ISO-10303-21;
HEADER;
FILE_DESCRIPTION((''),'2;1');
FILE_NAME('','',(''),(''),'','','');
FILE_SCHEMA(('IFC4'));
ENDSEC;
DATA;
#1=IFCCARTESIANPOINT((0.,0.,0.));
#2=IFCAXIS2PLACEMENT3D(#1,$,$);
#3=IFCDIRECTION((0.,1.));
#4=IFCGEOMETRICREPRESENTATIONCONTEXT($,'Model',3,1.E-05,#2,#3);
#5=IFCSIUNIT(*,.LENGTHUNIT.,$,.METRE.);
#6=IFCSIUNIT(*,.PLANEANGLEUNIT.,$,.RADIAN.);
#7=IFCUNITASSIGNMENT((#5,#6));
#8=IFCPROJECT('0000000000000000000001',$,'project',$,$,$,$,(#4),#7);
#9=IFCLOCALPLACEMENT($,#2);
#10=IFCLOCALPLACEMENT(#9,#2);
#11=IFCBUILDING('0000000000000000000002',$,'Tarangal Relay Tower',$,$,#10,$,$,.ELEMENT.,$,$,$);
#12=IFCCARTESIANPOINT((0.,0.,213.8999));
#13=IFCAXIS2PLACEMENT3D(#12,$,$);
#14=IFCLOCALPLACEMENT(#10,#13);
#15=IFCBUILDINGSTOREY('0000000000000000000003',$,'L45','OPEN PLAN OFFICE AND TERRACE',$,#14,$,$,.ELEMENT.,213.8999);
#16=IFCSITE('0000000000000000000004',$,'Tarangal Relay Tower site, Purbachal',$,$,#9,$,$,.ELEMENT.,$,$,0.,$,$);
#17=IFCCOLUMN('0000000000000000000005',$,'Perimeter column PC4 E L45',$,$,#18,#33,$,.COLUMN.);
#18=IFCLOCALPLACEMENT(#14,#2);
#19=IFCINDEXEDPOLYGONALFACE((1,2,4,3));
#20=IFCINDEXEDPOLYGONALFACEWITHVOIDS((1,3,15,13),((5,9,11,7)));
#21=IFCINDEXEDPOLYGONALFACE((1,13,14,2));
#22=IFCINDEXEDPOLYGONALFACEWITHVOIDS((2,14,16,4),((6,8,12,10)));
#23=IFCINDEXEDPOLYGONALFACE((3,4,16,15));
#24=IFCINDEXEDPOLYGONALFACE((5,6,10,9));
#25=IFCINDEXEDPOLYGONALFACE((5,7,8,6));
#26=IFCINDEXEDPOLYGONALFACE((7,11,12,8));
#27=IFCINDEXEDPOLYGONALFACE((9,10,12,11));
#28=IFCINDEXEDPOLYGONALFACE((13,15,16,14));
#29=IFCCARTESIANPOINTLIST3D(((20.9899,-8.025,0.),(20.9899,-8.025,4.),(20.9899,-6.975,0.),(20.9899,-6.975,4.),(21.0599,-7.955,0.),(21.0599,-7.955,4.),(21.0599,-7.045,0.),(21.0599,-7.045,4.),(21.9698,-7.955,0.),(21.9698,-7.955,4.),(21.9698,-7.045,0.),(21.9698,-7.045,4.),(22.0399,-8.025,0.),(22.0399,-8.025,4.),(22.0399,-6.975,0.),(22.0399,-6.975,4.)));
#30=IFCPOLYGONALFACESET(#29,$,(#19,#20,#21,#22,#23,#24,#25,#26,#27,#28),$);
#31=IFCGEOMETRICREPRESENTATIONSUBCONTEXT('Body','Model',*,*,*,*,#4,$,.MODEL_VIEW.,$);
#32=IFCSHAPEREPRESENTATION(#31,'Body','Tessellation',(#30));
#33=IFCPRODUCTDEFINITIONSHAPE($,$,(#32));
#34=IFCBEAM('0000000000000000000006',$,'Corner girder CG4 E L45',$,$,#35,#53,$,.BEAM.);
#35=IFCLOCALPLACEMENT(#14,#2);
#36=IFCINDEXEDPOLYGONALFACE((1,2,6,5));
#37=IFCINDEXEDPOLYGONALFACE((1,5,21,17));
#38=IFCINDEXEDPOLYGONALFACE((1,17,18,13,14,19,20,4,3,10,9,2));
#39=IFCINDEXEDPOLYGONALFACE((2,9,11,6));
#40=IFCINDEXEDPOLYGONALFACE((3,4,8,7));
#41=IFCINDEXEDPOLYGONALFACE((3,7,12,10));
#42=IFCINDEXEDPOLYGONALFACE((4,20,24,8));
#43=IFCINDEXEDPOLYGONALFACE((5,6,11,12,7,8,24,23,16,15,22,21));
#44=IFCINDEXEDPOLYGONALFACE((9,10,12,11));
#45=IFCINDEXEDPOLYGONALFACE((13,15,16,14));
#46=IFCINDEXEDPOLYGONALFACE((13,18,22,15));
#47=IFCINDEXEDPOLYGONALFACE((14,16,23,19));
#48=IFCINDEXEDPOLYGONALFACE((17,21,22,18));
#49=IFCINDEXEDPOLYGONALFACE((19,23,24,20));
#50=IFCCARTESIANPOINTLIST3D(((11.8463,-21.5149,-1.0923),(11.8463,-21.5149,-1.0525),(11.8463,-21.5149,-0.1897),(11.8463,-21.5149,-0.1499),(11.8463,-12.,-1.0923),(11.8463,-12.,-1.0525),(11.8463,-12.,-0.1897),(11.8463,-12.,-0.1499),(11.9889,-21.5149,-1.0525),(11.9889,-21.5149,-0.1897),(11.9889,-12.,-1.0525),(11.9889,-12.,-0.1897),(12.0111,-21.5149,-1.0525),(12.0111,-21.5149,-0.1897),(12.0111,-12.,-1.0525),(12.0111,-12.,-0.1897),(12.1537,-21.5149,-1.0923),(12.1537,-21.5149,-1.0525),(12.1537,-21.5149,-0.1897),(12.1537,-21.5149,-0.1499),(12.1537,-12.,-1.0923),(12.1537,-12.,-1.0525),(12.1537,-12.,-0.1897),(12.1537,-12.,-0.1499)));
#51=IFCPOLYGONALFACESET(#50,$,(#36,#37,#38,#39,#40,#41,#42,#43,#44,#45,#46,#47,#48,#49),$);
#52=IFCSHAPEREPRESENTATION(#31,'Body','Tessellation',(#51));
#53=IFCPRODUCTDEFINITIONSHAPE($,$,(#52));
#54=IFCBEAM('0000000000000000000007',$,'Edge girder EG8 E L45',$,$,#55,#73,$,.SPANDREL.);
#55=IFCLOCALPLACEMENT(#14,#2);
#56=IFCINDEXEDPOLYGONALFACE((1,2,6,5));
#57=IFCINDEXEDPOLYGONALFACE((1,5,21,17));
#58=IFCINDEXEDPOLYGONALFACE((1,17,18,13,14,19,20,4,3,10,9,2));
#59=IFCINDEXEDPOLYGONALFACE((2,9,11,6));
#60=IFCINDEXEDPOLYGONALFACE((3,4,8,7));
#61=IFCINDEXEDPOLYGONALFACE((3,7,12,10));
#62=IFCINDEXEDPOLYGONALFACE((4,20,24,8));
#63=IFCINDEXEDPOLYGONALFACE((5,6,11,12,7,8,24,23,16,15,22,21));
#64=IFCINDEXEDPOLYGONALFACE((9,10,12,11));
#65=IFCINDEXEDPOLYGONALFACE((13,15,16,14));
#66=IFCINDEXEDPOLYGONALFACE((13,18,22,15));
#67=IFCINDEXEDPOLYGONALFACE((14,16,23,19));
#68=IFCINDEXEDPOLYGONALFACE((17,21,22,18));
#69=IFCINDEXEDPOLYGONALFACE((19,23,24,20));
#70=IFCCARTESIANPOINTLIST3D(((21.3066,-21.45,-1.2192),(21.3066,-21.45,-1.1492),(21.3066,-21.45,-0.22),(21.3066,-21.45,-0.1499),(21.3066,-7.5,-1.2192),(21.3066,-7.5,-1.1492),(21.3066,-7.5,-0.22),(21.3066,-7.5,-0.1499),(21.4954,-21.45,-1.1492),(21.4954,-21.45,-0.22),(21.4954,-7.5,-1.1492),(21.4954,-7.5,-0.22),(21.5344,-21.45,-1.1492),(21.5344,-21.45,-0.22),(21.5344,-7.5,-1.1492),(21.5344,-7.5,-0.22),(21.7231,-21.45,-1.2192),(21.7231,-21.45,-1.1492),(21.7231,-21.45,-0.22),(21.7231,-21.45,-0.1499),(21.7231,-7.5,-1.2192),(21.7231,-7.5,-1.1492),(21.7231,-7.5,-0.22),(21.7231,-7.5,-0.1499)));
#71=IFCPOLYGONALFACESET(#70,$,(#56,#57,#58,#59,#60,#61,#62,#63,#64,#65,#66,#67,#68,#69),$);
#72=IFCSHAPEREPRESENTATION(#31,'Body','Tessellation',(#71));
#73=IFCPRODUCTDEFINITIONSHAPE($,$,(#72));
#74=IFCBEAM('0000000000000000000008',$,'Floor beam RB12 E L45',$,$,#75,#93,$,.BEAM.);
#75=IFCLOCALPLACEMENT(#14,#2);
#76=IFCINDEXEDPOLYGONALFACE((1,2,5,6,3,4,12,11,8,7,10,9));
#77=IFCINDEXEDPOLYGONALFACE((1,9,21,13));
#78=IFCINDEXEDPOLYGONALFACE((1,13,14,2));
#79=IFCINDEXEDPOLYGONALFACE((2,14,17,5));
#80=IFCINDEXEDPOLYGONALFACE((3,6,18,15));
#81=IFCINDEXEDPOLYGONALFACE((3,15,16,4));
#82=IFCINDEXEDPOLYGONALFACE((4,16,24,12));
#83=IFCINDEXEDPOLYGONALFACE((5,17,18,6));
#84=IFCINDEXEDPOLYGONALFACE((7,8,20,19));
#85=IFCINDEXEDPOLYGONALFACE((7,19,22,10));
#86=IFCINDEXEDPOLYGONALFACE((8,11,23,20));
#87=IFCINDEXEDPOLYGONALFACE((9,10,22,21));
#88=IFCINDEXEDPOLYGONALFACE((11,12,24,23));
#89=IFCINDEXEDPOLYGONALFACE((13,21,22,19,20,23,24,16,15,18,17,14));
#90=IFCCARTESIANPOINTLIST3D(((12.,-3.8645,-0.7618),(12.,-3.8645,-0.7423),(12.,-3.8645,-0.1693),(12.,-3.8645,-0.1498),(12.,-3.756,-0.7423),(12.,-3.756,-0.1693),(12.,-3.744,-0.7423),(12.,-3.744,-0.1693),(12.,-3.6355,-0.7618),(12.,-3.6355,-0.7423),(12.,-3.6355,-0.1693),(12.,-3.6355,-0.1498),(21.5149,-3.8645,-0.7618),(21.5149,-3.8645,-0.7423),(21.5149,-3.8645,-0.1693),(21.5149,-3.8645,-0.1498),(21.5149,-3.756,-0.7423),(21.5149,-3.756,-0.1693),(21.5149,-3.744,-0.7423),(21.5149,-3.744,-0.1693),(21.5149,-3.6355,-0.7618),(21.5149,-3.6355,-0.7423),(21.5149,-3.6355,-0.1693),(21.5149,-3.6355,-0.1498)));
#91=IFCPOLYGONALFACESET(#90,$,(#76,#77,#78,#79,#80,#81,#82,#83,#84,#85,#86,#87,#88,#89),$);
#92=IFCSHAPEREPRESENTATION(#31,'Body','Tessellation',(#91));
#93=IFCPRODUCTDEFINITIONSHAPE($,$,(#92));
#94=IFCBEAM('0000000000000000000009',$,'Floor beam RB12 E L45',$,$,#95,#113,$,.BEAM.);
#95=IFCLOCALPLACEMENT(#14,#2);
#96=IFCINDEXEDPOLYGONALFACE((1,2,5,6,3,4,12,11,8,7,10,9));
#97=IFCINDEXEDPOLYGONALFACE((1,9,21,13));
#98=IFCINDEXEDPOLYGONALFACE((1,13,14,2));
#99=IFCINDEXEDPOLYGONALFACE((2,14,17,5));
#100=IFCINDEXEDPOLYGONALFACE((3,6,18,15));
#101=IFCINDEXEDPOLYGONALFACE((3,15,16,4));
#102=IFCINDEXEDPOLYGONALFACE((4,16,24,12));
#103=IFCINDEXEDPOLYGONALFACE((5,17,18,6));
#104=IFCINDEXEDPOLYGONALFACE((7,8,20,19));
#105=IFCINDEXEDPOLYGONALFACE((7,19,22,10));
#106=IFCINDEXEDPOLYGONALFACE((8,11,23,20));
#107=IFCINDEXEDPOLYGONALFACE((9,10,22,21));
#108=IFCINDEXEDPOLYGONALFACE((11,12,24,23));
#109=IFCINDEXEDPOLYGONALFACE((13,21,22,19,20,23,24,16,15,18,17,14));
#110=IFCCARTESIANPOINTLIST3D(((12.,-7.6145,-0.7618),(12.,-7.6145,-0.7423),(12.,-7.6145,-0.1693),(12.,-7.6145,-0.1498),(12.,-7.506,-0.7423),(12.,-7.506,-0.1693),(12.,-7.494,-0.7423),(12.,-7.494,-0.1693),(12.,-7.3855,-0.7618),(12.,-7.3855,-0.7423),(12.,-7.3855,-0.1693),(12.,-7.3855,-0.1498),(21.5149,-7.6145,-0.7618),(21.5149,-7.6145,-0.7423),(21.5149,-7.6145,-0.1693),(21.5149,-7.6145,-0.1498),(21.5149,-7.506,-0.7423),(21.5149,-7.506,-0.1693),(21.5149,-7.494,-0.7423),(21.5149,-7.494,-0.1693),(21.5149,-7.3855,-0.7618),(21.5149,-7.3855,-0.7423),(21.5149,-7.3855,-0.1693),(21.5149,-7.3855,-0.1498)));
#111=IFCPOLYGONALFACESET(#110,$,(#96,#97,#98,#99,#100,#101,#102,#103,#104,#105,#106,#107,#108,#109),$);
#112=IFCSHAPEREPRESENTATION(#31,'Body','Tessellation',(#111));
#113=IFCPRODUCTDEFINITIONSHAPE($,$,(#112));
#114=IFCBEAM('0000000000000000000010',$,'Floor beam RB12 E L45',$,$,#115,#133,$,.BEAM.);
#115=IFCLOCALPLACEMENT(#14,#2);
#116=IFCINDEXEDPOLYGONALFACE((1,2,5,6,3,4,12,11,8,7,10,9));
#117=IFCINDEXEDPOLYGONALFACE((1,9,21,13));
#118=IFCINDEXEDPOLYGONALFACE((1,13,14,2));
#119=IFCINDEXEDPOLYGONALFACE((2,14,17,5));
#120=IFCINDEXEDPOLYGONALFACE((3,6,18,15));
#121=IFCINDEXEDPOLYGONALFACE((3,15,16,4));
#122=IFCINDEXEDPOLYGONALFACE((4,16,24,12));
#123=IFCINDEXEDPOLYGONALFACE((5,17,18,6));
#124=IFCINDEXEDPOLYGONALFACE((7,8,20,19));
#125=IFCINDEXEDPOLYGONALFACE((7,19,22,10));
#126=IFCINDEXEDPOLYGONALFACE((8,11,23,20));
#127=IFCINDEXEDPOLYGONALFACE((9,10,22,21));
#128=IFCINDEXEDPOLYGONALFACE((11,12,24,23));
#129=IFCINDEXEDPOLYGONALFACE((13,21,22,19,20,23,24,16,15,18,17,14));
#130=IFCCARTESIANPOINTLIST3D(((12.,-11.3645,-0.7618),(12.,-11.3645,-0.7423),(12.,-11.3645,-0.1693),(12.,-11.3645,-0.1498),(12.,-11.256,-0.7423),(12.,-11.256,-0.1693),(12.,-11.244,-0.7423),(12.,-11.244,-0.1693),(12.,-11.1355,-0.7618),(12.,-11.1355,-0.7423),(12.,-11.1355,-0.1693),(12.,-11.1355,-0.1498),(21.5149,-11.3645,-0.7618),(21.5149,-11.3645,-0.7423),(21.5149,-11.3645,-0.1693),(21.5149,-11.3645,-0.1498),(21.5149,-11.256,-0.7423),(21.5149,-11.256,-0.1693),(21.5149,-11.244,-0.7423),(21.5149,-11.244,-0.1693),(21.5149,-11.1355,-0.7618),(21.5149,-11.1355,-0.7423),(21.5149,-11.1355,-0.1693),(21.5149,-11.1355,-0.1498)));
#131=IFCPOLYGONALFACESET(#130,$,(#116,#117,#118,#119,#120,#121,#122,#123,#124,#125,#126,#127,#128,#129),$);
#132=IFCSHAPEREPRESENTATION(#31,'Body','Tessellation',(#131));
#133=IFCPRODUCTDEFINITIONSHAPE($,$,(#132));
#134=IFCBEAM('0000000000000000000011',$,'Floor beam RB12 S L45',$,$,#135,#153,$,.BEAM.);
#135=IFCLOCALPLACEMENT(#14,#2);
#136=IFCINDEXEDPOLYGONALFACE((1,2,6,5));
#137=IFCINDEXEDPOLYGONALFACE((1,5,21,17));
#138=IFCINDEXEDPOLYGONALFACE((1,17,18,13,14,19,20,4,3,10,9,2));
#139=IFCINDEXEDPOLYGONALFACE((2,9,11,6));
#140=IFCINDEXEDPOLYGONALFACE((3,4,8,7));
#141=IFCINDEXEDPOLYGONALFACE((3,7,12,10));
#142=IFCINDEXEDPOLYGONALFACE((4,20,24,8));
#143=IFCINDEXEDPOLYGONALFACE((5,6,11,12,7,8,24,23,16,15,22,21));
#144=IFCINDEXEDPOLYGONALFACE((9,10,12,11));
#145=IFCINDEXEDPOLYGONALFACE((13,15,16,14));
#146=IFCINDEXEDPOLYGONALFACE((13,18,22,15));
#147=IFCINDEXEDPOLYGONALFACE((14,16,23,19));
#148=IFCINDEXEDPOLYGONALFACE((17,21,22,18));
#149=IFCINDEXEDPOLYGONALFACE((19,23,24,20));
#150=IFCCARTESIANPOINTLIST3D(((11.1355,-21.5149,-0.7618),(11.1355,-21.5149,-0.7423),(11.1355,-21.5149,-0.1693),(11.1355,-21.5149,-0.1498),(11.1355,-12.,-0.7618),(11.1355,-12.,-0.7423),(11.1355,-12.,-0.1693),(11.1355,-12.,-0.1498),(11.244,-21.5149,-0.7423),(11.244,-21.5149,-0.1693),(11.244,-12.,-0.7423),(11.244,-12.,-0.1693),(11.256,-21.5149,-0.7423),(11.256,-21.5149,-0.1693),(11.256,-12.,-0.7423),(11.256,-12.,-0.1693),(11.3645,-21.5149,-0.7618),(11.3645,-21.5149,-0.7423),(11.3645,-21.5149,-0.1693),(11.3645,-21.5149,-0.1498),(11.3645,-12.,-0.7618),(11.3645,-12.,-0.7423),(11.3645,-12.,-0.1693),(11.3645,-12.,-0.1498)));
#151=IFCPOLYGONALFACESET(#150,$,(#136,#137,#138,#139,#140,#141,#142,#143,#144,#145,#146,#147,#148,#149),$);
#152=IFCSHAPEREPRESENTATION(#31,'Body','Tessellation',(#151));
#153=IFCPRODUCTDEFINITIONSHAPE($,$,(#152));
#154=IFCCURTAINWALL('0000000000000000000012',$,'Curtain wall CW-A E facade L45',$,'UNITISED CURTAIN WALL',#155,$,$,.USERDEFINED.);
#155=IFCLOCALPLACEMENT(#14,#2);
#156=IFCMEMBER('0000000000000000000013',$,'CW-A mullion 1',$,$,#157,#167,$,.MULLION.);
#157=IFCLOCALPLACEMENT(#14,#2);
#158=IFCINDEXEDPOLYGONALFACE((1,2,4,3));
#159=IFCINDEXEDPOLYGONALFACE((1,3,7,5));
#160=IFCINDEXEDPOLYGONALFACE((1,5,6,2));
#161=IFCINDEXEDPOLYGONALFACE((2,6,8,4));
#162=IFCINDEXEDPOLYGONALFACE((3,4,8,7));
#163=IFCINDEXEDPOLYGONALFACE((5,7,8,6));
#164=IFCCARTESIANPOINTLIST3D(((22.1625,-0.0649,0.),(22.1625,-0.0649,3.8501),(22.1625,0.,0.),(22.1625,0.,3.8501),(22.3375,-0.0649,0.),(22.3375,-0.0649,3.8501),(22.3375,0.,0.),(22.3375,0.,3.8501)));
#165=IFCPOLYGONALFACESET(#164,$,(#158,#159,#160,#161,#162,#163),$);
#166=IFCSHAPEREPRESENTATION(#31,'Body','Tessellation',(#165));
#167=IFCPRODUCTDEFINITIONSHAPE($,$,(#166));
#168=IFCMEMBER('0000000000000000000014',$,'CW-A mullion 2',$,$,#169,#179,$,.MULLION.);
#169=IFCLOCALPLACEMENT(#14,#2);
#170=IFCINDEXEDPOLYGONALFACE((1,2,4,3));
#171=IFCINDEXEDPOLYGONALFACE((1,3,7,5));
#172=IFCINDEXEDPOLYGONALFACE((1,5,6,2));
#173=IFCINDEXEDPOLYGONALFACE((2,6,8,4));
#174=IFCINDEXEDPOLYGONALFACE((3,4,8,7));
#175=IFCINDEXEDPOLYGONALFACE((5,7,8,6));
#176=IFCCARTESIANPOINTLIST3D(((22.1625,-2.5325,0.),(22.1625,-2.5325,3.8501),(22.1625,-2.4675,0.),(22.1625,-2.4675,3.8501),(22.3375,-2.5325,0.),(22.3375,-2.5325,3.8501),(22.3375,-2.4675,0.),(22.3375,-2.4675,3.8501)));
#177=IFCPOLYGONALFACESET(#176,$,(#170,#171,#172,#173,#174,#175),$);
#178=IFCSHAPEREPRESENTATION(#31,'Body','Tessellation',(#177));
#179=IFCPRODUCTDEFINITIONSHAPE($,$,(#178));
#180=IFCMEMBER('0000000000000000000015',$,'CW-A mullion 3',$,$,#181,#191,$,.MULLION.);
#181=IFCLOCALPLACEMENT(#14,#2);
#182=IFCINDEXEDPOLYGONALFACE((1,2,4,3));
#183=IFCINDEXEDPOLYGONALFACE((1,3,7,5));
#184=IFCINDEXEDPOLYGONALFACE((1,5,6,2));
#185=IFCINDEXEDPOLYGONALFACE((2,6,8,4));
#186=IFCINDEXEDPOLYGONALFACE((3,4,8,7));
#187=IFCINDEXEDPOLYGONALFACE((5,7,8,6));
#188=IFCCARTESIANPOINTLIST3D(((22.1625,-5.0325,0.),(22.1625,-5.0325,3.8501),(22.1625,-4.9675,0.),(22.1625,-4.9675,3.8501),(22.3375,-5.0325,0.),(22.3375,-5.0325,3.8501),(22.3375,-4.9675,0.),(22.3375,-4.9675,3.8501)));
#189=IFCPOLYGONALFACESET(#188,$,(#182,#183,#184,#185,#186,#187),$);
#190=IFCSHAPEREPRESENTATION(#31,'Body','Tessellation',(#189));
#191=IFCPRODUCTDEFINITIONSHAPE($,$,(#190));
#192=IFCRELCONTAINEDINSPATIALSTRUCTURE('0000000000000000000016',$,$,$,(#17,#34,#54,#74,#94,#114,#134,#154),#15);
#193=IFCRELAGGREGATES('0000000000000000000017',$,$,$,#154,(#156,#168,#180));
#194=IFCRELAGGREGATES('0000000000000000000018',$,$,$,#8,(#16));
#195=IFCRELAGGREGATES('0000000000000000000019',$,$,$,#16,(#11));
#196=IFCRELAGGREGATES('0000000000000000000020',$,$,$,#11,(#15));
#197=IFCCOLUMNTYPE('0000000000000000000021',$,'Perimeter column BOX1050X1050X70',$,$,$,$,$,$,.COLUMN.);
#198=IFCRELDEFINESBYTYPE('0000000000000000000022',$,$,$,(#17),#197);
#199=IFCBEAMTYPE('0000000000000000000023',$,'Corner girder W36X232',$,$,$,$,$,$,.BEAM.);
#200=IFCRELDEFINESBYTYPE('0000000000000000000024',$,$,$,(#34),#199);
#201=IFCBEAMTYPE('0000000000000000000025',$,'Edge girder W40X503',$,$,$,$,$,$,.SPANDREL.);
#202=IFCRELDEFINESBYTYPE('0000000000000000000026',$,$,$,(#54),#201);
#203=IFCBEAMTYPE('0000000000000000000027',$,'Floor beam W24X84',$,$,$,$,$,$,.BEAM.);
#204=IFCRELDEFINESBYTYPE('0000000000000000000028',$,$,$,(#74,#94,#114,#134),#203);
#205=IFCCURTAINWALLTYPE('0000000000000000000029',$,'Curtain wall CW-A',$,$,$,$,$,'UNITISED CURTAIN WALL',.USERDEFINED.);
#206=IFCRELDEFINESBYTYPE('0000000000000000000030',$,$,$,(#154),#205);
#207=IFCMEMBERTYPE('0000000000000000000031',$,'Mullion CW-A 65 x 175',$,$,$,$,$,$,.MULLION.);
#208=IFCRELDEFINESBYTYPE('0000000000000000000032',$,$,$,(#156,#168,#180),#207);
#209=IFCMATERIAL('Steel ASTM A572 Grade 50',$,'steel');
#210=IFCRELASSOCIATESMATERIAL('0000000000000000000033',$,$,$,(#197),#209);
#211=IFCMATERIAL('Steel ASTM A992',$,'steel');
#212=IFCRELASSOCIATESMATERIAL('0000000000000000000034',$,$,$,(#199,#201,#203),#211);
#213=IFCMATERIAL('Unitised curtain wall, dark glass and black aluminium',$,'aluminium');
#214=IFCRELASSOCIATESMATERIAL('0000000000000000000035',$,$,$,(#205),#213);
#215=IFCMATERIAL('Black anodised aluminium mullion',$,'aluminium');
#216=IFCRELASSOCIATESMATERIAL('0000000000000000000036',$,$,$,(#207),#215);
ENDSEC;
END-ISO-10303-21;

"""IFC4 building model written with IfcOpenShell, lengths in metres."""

from ifc_helpers import new_model, si_unit, direction, frame, origin, origin_2d, place, context, subcontext, project, spatial, rectangle, hollow_rectangle, i_section, extrude, material, material_profile, profile_set, type_object, element, aggregate, save


model = new_model("IFC4")

# Units and contexts
model_context = context("Model", 3, precision=1e-05, world=origin(), true_north=direction((0.0, 1.0)))
body_context = subcontext(model_context, "Body", "Model", "MODEL_VIEW")
ifc_project = project(units=[si_unit("LENGTHUNIT", "METRE"), si_unit("PLANEANGLEUNIT", "RADIAN")], contexts=[model_context])

# Site, building, storey
site_placement = place(None, origin())
site = spatial("IfcSite", under=ifc_project, at=site_placement, Name="Tarangal Relay Tower site, Purbachal", CompositionType="ELEMENT", RefElevation=0.0)
building_placement = place(site_placement, origin())
building = spatial("IfcBuilding", under=site, at=building_placement, Name="Tarangal Relay Tower", CompositionType="ELEMENT")
storey_placement = place(building_placement, frame((0.0, 0.0, 213.8999)))
storey = spatial("IfcBuildingStorey", under=building, at=storey_placement, Name="L45", Description="OPEN PLAN OFFICE AND TERRACE", CompositionType="ELEMENT", Elevation=213.8999)

# Column
ifc_material_1 = material(Name="Steel ASTM A572 Grade 50", Category="steel")
ifc_material_profile_1 = material_profile(ifc_material_1, hollow_rectangle(XDim=1.05, YDim=1.05, WallThickness=0.0701, at=origin_2d()), Name="BOX1050X1050X70")
ifc_profile_set_1 = profile_set([ifc_material_profile_1], Name="Steel ASTM A572 Grade 50")
column_type = type_object("IfcColumnType", Name="Perimeter column BOX1050X1050X70", PredefinedType="COLUMN", material=ifc_profile_set_1)
column_placement = place(storey_placement, frame((21.5149, -7.5, 0.0), z_axis=(0.0, 0.0, 1.0), x_axis=(1.0, 0.0, 0.0)))
element("IfcColumn", 1, at=column_placement, inside=storey, type_object=column_type, Name="Perimeter column PC4 E L45", PredefinedType="COLUMN", context=body_context, shape_type="SweptSolid", body=[
    extrude(hollow_rectangle(XDim=1.05, YDim=1.05, WallThickness=0.0701, at=origin_2d()), origin(), (0.0, 0.0, 1.0), 4.0),
])

# Beams
ifc_material_2 = material(Name="Steel ASTM A992", Category="steel")
ifc_material_profile_2 = material_profile(ifc_material_2, i_section(OverallWidth=0.3074, OverallDepth=0.9424, WebThickness=0.0222, FlangeThickness=0.0398, at=origin_2d()), Name="W36X232")
ifc_profile_set_2 = profile_set([ifc_material_profile_2], Name="Steel ASTM A992")
beam_type_1 = type_object("IfcBeamType", Name="Corner girder W36X232", PredefinedType="BEAM", material=ifc_profile_set_2)
beam_1_placement = place(storey_placement, frame((12.0, -12.0, -0.6211), z_axis=(0.0, -1.0, 0.0), x_axis=(1.0, 0.0, 0.0)))
element("IfcBeam", 2, at=beam_1_placement, inside=storey, type_object=beam_type_1, Name="Corner girder CG4 E L45", PredefinedType="BEAM", context=body_context, shape_type="SweptSolid", body=[
    extrude(i_section(OverallWidth=0.3074, OverallDepth=0.9424, WebThickness=0.0222, FlangeThickness=0.0398, at=origin_2d()), origin(), (0.0, 0.0, 1.0), 9.5149),
])
ifc_material_profile_3 = material_profile(ifc_material_2, i_section(OverallWidth=0.4165, OverallDepth=1.0693, WebThickness=0.0391, FlangeThickness=0.0701, at=origin_2d()), Name="W40X503")
ifc_profile_set_3 = profile_set([ifc_material_profile_3], Name="Steel ASTM A992")
beam_type_2 = type_object("IfcBeamType", Name="Edge girder W40X503", PredefinedType="SPANDREL", material=ifc_profile_set_3)
beam_2_placement = place(storey_placement, frame((21.5149, -7.5, -0.6846), z_axis=(0.0, -1.0, 0.0), x_axis=(1.0, 0.0, 0.0)))
element("IfcBeam", 3, at=beam_2_placement, inside=storey, type_object=beam_type_2, Name="Edge girder EG8 E L45", PredefinedType="SPANDREL", context=body_context, shape_type="SweptSolid", body=[
    extrude(i_section(OverallWidth=0.4165, OverallDepth=1.0693, WebThickness=0.0391, FlangeThickness=0.0701, at=origin_2d()), origin(), (0.0, 0.0, 1.0), 13.95),
])
ifc_material_profile_4 = material_profile(ifc_material_2, i_section(OverallWidth=0.229, OverallDepth=0.6121, WebThickness=0.012, FlangeThickness=0.0195, at=origin_2d()), Name="W24X84")
ifc_profile_set_4 = profile_set([ifc_material_profile_4], Name="Steel ASTM A992")
beam_type_3 = type_object("IfcBeamType", Name="Floor beam W24X84", PredefinedType="BEAM", material=ifc_profile_set_4)
for number, where, z_axis, x_axis, name in (
    (4, (12.0, -3.75, -0.4558), (1.0, 0.0, 0.0), (0.0, 1.0, 0.0), "Floor beam RB12 E L45"),
    (5, (12.0, -7.5, -0.4558), (1.0, 0.0, 0.0), (0.0, 1.0, 0.0), "Floor beam RB12 E L45"),
    (6, (12.0, -11.25, -0.4558), (1.0, 0.0, 0.0), (0.0, 1.0, 0.0), "Floor beam RB12 E L45"),
    (7, (11.25, -12.0, -0.4558), (0.0, -1.0, 0.0), (1.0, 0.0, 0.0), "Floor beam RB12 S L45"),
):
    element("IfcBeam", number, at=place(storey_placement, frame(where, z_axis=z_axis, x_axis=x_axis)), inside=storey, type_object=beam_type_3, Name=name, PredefinedType="BEAM", context=body_context, shape_type="SweptSolid", body=[
        extrude(i_section(OverallWidth=0.229, OverallDepth=0.6121, WebThickness=0.012, FlangeThickness=0.0195, at=origin_2d()), origin(), (0.0, 0.0, 1.0), 9.5149),
    ])

# Curtain wall, members
ifc_material_3 = material(Name="Unitised curtain wall, dark glass and black aluminium", Category="aluminium")
curtain_wall_type = type_object("IfcCurtainWallType", Name="Curtain wall CW-A", ElementType="UNITISED CURTAIN WALL", PredefinedType="USERDEFINED", material=ifc_material_3)
curtain_wall_1_placement = place(storey_placement, origin())
curtain_wall_1 = element("IfcCurtainWall", 8, at=curtain_wall_1_placement, inside=storey, type_object=curtain_wall_type, Name="Curtain wall CW-A E facade L45", ObjectType="UNITISED CURTAIN WALL", PredefinedType="USERDEFINED")
ifc_material_4 = material(Name="Black anodised aluminium mullion", Category="aluminium")
ifc_material_profile_5 = material_profile(ifc_material_4, rectangle(XDim=0.175, YDim=0.0649, at=origin_2d()), Name="CW-AM 65X175")
ifc_profile_set_5 = profile_set([ifc_material_profile_5], Name="Black anodised aluminium mullion")
member_type_1 = type_object("IfcMemberType", Name="Mullion CW-A 65 x 175", PredefinedType="MULLION", material=ifc_profile_set_5)
member_1_placement = place(storey_placement, frame((22.25, -0.0325, 0.0), z_axis=(0.0, 0.0, 1.0), x_axis=(1.0, 0.0, 0.0)))
member_1 = element("IfcMember", 9, at=member_1_placement, type_object=member_type_1, Name="CW-A mullion 1", PredefinedType="MULLION", context=body_context, shape_type="SweptSolid", body=[
    extrude(rectangle(XDim=0.175, YDim=0.0649, at=origin_2d()), origin(), (0.0, 0.0, 1.0), 3.8501),
])
member_2_placement = place(storey_placement, frame((22.25, -2.5, 0.0), z_axis=(0.0, 0.0, 1.0), x_axis=(1.0, 0.0, 0.0)))
member_2 = element("IfcMember", 10, at=member_2_placement, type_object=member_type_1, Name="CW-A mullion 2", PredefinedType="MULLION", context=body_context, shape_type="SweptSolid", body=[
    extrude(rectangle(XDim=0.175, YDim=0.0649, at=origin_2d()), origin(), (0.0, 0.0, 1.0), 3.8501),
])
member_3_placement = place(storey_placement, frame((22.25, -5.0, 0.0), z_axis=(0.0, 0.0, 1.0), x_axis=(1.0, 0.0, 0.0)))
member_3 = element("IfcMember", 11, at=member_3_placement, type_object=member_type_1, Name="CW-A mullion 3", PredefinedType="MULLION", context=body_context, shape_type="SweptSolid", body=[
    extrude(rectangle(XDim=0.175, YDim=0.0649, at=origin_2d()), origin(), (0.0, 0.0, 1.0), 3.8501),
])

aggregate(curtain_wall_1, [member_1, member_2, member_3])

save(model, "model.ifc")
